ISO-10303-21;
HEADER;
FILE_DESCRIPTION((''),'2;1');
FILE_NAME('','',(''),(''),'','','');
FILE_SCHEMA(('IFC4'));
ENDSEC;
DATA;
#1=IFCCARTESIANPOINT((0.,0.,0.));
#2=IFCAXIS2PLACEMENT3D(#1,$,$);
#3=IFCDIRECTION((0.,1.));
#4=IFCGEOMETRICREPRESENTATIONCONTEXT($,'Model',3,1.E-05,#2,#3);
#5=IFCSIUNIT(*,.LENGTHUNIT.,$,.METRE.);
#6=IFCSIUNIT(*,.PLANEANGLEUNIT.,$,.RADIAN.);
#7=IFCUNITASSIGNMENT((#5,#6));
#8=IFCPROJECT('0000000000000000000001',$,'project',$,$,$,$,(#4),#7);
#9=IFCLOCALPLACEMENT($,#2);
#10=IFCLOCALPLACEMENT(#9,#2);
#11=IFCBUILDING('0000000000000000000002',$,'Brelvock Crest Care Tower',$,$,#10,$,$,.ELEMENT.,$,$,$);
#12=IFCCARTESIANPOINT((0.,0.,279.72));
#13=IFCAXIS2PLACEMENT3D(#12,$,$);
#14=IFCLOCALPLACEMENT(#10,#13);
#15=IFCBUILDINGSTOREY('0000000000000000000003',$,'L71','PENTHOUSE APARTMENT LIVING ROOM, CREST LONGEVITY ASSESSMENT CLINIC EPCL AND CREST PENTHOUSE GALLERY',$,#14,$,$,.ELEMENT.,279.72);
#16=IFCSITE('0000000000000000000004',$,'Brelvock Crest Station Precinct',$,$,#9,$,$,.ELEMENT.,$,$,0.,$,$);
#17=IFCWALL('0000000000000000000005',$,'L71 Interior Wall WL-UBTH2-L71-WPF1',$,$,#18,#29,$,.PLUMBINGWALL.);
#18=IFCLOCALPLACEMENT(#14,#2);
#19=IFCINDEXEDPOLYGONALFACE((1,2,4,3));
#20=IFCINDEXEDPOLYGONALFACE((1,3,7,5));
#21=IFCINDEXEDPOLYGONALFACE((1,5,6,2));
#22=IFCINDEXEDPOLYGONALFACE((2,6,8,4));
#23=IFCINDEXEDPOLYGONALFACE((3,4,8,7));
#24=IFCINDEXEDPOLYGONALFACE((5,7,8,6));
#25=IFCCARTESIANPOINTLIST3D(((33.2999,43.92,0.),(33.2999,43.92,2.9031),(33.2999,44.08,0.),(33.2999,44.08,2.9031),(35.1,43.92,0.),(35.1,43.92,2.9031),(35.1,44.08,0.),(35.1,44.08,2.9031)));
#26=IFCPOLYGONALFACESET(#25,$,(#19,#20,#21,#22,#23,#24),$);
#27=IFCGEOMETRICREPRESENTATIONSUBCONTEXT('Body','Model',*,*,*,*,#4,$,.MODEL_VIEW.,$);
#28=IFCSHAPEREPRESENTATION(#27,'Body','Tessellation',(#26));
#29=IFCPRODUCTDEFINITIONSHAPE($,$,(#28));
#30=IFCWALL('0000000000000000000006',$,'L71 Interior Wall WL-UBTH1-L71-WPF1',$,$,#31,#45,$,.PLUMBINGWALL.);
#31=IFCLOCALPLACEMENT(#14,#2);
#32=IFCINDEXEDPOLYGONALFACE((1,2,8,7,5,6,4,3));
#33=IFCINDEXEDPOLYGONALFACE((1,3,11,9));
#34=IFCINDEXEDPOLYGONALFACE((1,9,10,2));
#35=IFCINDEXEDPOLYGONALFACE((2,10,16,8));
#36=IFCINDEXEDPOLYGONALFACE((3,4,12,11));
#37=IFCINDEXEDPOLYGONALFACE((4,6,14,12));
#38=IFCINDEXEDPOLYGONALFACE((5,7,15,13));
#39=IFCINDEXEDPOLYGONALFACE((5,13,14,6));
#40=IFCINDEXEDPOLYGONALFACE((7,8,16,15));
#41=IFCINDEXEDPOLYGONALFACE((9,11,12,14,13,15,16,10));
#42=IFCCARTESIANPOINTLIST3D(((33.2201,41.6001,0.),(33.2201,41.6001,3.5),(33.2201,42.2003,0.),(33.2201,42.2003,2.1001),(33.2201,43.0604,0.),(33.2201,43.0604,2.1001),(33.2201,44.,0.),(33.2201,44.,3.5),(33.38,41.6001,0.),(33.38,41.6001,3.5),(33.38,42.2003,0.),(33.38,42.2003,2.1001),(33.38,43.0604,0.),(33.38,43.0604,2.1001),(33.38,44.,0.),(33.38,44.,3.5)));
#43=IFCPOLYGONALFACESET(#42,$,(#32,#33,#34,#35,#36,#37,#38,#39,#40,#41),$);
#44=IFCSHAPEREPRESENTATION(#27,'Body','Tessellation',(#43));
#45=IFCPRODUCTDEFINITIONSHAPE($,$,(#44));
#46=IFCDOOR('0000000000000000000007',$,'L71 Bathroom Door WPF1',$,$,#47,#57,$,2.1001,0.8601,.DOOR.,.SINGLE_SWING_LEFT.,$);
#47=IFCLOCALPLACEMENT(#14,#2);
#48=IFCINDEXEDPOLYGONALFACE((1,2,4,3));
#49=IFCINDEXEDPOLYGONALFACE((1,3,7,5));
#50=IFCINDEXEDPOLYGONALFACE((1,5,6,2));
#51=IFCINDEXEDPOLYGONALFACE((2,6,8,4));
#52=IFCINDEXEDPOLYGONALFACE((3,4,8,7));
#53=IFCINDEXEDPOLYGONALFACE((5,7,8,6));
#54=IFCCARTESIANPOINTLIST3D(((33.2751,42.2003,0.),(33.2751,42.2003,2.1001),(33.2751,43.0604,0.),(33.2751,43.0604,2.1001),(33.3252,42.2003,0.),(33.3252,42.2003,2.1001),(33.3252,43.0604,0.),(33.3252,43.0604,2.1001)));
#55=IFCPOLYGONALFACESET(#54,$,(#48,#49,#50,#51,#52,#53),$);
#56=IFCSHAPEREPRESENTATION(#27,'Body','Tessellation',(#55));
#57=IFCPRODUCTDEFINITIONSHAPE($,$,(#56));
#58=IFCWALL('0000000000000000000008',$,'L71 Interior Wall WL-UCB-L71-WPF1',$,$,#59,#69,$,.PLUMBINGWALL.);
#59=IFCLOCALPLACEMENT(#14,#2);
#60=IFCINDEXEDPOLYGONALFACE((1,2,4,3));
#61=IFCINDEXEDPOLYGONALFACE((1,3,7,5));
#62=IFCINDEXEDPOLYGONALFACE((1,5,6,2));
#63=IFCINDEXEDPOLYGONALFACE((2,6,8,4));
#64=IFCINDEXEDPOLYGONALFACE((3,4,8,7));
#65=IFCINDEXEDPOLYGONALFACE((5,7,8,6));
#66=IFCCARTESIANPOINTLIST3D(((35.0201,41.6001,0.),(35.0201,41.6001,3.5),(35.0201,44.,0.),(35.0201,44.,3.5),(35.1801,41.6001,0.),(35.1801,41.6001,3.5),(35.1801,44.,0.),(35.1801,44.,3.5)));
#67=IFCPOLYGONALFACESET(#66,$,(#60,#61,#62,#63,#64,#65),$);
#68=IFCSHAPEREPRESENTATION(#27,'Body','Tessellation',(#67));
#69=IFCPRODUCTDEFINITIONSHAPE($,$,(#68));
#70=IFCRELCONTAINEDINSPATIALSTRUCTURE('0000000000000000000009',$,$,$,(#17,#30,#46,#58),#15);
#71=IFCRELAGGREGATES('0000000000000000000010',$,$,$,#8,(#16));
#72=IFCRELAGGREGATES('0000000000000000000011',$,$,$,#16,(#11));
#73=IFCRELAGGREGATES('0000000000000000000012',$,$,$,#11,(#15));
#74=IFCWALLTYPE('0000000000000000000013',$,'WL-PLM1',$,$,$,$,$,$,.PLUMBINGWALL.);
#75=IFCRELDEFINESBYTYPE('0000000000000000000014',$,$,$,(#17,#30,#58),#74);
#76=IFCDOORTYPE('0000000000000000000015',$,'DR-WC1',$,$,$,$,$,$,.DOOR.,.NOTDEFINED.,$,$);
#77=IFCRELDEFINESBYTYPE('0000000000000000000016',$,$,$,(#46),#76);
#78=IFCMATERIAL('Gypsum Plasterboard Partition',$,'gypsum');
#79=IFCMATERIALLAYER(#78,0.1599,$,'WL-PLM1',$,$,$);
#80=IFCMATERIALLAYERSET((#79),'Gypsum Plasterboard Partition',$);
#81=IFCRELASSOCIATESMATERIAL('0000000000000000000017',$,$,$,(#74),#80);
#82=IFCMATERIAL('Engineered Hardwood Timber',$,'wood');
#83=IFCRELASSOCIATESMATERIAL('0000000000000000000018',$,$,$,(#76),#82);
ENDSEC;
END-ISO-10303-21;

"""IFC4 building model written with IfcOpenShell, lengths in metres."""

from ifc_helpers import new_model, si_unit, direction, frame, frame_2d, origin, origin_2d, place, context, subcontext, project, spatial, rectangle, extrude, source, transform, mapped, material, layer, layer_set, type_object, element, fill, save


model = new_model("IFC4")

# Units and contexts
model_context = context("Model", 3, precision=1e-05, world=origin(), true_north=direction((0.0, 1.0)))
body_context = subcontext(model_context, "Body", "Model", "MODEL_VIEW")
ifc_project = project(units=[si_unit("LENGTHUNIT", "METRE"), si_unit("PLANEANGLEUNIT", "RADIAN")], contexts=[model_context])

# Site, building, storey
site_placement = place(None, origin())
site = spatial("IfcSite", under=ifc_project, at=site_placement, Name="Brelvock Crest Station Precinct", CompositionType="ELEMENT", RefElevation=0.0)
building_placement = place(site_placement, origin())
building = spatial("IfcBuilding", under=site, at=building_placement, Name="Brelvock Crest Care Tower", CompositionType="ELEMENT")
storey_placement = place(building_placement, frame((0.0, 0.0, 279.72)))
storey = spatial("IfcBuildingStorey", under=building, at=storey_placement, Name="L71", Description="PENTHOUSE APARTMENT LIVING ROOM, CREST LONGEVITY ASSESSMENT CLINIC EPCL AND CREST PENTHOUSE GALLERY", CompositionType="ELEMENT", Elevation=279.72)

# Shared definitions
ifc_material_1 = material(Name="Engineered Hardwood Timber", Category="wood")

# Wall
ifc_material_2 = material(Name="Gypsum Plasterboard Partition", Category="gypsum")
ifc_layer_1 = layer(ifc_material_2, 0.1599, Name="WL-PLM1")
ifc_layer_set_1 = layer_set([ifc_layer_1], Name="Gypsum Plasterboard Partition")
wall_type_1 = type_object("IfcWallType", Name="WL-PLM1", PredefinedType="PLUMBINGWALL", material=ifc_layer_set_1)
wall_1_placement = place(storey_placement, frame((33.3, 44.0, 0.0), z_axis=(0.0, 0.0, 1.0), x_axis=(1.0, 0.0, 0.0)))
element("IfcWall", 1, at=wall_1_placement, inside=storey, type_object=wall_type_1, Name="L71 Interior Wall WL-UBTH2-L71-WPF1", PredefinedType="PLUMBINGWALL", context=body_context, shape_type="SweptSolid", body=[
    extrude(rectangle(XDim=1.8, YDim=0.1599, at=frame_2d((0.8999, 0.0))), origin(), (0.0, 0.0, 1.0), 2.9031),
])

# Wall, opening, door
wall_2_placement = place(storey_placement, frame((33.3, 41.6001, 0.0), z_axis=(0.0, 0.0, 1.0), x_axis=(0.0, 1.0, 0.0)))
wall_2 = element("IfcWall", 2, at=wall_2_placement, inside=storey, type_object=wall_type_1, Name="L71 Interior Wall WL-UBTH1-L71-WPF1", PredefinedType="PLUMBINGWALL", context=body_context, shape_type="SweptSolid", body=[
    extrude(rectangle(XDim=2.3999, YDim=0.1599, at=frame_2d((1.2, 0.0))), origin(), (0.0, 0.0, 1.0), 3.5),
])
opening_1_placement = place(wall_2_placement, frame((0.6001, 0.0, 0.0)))
opening_1 = element("IfcOpeningElement", 3, at=opening_1_placement, cuts=wall_2, PredefinedType="OPENING", context=body_context, shape_type="SweptSolid", body=[
    extrude(rectangle(XDim=0.8601, YDim=2.1001, at=origin_2d()), frame((0.4302, 0.0898, 1.05), z_axis=(0.0, -1.0, 0.0), x_axis=(1.0, 0.0, 0.0)), (0.0, 0.0, 1.0), 0.1799),
])
door_type_1 = type_object("IfcDoorType", Name="DR-WC1", OperationType="NOTDEFINED", PredefinedType="DOOR", material=ifc_material_1)
shared_shape_1 = source(origin(), body_context, "Body", "SweptSolid", [
    extrude(rectangle(XDim=0.8601, YDim=2.1001, at=origin_2d()), frame((0.4302, 0.0249, 1.05), z_axis=(0.0, -1.0, 0.0), x_axis=(1.0, 0.0, 0.0)), (0.0, 0.0, 1.0), 0.05),
])
door_1_placement = place(opening_1_placement, origin())
door_1 = element("IfcDoor", 4, at=door_1_placement, inside=storey, type_object=door_type_1, Name="L71 Bathroom Door WPF1", OperationType="SINGLE_SWING_LEFT", OverallHeight=2.1001, OverallWidth=0.8601, PredefinedType="DOOR", context=body_context, shape_type="MappedRepresentation", body=[
    mapped(shared_shape_1, transform((0.0, 0.0, 0.0), x_axis=(1.0, 0.0, 0.0), y_axis=(0.0, 1.0, 0.0), z_axis=(0.0, 0.0, 1.0), scale=1.0)),
])
fill(opening_1, door_1)

# Wall
wall_3_placement = place(storey_placement, frame((35.1001, 41.6001, 0.0), z_axis=(0.0, 0.0, 1.0), x_axis=(0.0, 1.0, 0.0)))
element("IfcWall", 5, at=wall_3_placement, inside=storey, type_object=wall_type_1, Name="L71 Interior Wall WL-UCB-L71-WPF1", PredefinedType="PLUMBINGWALL", context=body_context, shape_type="SweptSolid", body=[
    extrude(rectangle(XDim=2.3999, YDim=0.1599, at=frame_2d((1.2, 0.0))), origin(), (0.0, 0.0, 1.0), 3.5),
])

save(model, "model.ifc")
